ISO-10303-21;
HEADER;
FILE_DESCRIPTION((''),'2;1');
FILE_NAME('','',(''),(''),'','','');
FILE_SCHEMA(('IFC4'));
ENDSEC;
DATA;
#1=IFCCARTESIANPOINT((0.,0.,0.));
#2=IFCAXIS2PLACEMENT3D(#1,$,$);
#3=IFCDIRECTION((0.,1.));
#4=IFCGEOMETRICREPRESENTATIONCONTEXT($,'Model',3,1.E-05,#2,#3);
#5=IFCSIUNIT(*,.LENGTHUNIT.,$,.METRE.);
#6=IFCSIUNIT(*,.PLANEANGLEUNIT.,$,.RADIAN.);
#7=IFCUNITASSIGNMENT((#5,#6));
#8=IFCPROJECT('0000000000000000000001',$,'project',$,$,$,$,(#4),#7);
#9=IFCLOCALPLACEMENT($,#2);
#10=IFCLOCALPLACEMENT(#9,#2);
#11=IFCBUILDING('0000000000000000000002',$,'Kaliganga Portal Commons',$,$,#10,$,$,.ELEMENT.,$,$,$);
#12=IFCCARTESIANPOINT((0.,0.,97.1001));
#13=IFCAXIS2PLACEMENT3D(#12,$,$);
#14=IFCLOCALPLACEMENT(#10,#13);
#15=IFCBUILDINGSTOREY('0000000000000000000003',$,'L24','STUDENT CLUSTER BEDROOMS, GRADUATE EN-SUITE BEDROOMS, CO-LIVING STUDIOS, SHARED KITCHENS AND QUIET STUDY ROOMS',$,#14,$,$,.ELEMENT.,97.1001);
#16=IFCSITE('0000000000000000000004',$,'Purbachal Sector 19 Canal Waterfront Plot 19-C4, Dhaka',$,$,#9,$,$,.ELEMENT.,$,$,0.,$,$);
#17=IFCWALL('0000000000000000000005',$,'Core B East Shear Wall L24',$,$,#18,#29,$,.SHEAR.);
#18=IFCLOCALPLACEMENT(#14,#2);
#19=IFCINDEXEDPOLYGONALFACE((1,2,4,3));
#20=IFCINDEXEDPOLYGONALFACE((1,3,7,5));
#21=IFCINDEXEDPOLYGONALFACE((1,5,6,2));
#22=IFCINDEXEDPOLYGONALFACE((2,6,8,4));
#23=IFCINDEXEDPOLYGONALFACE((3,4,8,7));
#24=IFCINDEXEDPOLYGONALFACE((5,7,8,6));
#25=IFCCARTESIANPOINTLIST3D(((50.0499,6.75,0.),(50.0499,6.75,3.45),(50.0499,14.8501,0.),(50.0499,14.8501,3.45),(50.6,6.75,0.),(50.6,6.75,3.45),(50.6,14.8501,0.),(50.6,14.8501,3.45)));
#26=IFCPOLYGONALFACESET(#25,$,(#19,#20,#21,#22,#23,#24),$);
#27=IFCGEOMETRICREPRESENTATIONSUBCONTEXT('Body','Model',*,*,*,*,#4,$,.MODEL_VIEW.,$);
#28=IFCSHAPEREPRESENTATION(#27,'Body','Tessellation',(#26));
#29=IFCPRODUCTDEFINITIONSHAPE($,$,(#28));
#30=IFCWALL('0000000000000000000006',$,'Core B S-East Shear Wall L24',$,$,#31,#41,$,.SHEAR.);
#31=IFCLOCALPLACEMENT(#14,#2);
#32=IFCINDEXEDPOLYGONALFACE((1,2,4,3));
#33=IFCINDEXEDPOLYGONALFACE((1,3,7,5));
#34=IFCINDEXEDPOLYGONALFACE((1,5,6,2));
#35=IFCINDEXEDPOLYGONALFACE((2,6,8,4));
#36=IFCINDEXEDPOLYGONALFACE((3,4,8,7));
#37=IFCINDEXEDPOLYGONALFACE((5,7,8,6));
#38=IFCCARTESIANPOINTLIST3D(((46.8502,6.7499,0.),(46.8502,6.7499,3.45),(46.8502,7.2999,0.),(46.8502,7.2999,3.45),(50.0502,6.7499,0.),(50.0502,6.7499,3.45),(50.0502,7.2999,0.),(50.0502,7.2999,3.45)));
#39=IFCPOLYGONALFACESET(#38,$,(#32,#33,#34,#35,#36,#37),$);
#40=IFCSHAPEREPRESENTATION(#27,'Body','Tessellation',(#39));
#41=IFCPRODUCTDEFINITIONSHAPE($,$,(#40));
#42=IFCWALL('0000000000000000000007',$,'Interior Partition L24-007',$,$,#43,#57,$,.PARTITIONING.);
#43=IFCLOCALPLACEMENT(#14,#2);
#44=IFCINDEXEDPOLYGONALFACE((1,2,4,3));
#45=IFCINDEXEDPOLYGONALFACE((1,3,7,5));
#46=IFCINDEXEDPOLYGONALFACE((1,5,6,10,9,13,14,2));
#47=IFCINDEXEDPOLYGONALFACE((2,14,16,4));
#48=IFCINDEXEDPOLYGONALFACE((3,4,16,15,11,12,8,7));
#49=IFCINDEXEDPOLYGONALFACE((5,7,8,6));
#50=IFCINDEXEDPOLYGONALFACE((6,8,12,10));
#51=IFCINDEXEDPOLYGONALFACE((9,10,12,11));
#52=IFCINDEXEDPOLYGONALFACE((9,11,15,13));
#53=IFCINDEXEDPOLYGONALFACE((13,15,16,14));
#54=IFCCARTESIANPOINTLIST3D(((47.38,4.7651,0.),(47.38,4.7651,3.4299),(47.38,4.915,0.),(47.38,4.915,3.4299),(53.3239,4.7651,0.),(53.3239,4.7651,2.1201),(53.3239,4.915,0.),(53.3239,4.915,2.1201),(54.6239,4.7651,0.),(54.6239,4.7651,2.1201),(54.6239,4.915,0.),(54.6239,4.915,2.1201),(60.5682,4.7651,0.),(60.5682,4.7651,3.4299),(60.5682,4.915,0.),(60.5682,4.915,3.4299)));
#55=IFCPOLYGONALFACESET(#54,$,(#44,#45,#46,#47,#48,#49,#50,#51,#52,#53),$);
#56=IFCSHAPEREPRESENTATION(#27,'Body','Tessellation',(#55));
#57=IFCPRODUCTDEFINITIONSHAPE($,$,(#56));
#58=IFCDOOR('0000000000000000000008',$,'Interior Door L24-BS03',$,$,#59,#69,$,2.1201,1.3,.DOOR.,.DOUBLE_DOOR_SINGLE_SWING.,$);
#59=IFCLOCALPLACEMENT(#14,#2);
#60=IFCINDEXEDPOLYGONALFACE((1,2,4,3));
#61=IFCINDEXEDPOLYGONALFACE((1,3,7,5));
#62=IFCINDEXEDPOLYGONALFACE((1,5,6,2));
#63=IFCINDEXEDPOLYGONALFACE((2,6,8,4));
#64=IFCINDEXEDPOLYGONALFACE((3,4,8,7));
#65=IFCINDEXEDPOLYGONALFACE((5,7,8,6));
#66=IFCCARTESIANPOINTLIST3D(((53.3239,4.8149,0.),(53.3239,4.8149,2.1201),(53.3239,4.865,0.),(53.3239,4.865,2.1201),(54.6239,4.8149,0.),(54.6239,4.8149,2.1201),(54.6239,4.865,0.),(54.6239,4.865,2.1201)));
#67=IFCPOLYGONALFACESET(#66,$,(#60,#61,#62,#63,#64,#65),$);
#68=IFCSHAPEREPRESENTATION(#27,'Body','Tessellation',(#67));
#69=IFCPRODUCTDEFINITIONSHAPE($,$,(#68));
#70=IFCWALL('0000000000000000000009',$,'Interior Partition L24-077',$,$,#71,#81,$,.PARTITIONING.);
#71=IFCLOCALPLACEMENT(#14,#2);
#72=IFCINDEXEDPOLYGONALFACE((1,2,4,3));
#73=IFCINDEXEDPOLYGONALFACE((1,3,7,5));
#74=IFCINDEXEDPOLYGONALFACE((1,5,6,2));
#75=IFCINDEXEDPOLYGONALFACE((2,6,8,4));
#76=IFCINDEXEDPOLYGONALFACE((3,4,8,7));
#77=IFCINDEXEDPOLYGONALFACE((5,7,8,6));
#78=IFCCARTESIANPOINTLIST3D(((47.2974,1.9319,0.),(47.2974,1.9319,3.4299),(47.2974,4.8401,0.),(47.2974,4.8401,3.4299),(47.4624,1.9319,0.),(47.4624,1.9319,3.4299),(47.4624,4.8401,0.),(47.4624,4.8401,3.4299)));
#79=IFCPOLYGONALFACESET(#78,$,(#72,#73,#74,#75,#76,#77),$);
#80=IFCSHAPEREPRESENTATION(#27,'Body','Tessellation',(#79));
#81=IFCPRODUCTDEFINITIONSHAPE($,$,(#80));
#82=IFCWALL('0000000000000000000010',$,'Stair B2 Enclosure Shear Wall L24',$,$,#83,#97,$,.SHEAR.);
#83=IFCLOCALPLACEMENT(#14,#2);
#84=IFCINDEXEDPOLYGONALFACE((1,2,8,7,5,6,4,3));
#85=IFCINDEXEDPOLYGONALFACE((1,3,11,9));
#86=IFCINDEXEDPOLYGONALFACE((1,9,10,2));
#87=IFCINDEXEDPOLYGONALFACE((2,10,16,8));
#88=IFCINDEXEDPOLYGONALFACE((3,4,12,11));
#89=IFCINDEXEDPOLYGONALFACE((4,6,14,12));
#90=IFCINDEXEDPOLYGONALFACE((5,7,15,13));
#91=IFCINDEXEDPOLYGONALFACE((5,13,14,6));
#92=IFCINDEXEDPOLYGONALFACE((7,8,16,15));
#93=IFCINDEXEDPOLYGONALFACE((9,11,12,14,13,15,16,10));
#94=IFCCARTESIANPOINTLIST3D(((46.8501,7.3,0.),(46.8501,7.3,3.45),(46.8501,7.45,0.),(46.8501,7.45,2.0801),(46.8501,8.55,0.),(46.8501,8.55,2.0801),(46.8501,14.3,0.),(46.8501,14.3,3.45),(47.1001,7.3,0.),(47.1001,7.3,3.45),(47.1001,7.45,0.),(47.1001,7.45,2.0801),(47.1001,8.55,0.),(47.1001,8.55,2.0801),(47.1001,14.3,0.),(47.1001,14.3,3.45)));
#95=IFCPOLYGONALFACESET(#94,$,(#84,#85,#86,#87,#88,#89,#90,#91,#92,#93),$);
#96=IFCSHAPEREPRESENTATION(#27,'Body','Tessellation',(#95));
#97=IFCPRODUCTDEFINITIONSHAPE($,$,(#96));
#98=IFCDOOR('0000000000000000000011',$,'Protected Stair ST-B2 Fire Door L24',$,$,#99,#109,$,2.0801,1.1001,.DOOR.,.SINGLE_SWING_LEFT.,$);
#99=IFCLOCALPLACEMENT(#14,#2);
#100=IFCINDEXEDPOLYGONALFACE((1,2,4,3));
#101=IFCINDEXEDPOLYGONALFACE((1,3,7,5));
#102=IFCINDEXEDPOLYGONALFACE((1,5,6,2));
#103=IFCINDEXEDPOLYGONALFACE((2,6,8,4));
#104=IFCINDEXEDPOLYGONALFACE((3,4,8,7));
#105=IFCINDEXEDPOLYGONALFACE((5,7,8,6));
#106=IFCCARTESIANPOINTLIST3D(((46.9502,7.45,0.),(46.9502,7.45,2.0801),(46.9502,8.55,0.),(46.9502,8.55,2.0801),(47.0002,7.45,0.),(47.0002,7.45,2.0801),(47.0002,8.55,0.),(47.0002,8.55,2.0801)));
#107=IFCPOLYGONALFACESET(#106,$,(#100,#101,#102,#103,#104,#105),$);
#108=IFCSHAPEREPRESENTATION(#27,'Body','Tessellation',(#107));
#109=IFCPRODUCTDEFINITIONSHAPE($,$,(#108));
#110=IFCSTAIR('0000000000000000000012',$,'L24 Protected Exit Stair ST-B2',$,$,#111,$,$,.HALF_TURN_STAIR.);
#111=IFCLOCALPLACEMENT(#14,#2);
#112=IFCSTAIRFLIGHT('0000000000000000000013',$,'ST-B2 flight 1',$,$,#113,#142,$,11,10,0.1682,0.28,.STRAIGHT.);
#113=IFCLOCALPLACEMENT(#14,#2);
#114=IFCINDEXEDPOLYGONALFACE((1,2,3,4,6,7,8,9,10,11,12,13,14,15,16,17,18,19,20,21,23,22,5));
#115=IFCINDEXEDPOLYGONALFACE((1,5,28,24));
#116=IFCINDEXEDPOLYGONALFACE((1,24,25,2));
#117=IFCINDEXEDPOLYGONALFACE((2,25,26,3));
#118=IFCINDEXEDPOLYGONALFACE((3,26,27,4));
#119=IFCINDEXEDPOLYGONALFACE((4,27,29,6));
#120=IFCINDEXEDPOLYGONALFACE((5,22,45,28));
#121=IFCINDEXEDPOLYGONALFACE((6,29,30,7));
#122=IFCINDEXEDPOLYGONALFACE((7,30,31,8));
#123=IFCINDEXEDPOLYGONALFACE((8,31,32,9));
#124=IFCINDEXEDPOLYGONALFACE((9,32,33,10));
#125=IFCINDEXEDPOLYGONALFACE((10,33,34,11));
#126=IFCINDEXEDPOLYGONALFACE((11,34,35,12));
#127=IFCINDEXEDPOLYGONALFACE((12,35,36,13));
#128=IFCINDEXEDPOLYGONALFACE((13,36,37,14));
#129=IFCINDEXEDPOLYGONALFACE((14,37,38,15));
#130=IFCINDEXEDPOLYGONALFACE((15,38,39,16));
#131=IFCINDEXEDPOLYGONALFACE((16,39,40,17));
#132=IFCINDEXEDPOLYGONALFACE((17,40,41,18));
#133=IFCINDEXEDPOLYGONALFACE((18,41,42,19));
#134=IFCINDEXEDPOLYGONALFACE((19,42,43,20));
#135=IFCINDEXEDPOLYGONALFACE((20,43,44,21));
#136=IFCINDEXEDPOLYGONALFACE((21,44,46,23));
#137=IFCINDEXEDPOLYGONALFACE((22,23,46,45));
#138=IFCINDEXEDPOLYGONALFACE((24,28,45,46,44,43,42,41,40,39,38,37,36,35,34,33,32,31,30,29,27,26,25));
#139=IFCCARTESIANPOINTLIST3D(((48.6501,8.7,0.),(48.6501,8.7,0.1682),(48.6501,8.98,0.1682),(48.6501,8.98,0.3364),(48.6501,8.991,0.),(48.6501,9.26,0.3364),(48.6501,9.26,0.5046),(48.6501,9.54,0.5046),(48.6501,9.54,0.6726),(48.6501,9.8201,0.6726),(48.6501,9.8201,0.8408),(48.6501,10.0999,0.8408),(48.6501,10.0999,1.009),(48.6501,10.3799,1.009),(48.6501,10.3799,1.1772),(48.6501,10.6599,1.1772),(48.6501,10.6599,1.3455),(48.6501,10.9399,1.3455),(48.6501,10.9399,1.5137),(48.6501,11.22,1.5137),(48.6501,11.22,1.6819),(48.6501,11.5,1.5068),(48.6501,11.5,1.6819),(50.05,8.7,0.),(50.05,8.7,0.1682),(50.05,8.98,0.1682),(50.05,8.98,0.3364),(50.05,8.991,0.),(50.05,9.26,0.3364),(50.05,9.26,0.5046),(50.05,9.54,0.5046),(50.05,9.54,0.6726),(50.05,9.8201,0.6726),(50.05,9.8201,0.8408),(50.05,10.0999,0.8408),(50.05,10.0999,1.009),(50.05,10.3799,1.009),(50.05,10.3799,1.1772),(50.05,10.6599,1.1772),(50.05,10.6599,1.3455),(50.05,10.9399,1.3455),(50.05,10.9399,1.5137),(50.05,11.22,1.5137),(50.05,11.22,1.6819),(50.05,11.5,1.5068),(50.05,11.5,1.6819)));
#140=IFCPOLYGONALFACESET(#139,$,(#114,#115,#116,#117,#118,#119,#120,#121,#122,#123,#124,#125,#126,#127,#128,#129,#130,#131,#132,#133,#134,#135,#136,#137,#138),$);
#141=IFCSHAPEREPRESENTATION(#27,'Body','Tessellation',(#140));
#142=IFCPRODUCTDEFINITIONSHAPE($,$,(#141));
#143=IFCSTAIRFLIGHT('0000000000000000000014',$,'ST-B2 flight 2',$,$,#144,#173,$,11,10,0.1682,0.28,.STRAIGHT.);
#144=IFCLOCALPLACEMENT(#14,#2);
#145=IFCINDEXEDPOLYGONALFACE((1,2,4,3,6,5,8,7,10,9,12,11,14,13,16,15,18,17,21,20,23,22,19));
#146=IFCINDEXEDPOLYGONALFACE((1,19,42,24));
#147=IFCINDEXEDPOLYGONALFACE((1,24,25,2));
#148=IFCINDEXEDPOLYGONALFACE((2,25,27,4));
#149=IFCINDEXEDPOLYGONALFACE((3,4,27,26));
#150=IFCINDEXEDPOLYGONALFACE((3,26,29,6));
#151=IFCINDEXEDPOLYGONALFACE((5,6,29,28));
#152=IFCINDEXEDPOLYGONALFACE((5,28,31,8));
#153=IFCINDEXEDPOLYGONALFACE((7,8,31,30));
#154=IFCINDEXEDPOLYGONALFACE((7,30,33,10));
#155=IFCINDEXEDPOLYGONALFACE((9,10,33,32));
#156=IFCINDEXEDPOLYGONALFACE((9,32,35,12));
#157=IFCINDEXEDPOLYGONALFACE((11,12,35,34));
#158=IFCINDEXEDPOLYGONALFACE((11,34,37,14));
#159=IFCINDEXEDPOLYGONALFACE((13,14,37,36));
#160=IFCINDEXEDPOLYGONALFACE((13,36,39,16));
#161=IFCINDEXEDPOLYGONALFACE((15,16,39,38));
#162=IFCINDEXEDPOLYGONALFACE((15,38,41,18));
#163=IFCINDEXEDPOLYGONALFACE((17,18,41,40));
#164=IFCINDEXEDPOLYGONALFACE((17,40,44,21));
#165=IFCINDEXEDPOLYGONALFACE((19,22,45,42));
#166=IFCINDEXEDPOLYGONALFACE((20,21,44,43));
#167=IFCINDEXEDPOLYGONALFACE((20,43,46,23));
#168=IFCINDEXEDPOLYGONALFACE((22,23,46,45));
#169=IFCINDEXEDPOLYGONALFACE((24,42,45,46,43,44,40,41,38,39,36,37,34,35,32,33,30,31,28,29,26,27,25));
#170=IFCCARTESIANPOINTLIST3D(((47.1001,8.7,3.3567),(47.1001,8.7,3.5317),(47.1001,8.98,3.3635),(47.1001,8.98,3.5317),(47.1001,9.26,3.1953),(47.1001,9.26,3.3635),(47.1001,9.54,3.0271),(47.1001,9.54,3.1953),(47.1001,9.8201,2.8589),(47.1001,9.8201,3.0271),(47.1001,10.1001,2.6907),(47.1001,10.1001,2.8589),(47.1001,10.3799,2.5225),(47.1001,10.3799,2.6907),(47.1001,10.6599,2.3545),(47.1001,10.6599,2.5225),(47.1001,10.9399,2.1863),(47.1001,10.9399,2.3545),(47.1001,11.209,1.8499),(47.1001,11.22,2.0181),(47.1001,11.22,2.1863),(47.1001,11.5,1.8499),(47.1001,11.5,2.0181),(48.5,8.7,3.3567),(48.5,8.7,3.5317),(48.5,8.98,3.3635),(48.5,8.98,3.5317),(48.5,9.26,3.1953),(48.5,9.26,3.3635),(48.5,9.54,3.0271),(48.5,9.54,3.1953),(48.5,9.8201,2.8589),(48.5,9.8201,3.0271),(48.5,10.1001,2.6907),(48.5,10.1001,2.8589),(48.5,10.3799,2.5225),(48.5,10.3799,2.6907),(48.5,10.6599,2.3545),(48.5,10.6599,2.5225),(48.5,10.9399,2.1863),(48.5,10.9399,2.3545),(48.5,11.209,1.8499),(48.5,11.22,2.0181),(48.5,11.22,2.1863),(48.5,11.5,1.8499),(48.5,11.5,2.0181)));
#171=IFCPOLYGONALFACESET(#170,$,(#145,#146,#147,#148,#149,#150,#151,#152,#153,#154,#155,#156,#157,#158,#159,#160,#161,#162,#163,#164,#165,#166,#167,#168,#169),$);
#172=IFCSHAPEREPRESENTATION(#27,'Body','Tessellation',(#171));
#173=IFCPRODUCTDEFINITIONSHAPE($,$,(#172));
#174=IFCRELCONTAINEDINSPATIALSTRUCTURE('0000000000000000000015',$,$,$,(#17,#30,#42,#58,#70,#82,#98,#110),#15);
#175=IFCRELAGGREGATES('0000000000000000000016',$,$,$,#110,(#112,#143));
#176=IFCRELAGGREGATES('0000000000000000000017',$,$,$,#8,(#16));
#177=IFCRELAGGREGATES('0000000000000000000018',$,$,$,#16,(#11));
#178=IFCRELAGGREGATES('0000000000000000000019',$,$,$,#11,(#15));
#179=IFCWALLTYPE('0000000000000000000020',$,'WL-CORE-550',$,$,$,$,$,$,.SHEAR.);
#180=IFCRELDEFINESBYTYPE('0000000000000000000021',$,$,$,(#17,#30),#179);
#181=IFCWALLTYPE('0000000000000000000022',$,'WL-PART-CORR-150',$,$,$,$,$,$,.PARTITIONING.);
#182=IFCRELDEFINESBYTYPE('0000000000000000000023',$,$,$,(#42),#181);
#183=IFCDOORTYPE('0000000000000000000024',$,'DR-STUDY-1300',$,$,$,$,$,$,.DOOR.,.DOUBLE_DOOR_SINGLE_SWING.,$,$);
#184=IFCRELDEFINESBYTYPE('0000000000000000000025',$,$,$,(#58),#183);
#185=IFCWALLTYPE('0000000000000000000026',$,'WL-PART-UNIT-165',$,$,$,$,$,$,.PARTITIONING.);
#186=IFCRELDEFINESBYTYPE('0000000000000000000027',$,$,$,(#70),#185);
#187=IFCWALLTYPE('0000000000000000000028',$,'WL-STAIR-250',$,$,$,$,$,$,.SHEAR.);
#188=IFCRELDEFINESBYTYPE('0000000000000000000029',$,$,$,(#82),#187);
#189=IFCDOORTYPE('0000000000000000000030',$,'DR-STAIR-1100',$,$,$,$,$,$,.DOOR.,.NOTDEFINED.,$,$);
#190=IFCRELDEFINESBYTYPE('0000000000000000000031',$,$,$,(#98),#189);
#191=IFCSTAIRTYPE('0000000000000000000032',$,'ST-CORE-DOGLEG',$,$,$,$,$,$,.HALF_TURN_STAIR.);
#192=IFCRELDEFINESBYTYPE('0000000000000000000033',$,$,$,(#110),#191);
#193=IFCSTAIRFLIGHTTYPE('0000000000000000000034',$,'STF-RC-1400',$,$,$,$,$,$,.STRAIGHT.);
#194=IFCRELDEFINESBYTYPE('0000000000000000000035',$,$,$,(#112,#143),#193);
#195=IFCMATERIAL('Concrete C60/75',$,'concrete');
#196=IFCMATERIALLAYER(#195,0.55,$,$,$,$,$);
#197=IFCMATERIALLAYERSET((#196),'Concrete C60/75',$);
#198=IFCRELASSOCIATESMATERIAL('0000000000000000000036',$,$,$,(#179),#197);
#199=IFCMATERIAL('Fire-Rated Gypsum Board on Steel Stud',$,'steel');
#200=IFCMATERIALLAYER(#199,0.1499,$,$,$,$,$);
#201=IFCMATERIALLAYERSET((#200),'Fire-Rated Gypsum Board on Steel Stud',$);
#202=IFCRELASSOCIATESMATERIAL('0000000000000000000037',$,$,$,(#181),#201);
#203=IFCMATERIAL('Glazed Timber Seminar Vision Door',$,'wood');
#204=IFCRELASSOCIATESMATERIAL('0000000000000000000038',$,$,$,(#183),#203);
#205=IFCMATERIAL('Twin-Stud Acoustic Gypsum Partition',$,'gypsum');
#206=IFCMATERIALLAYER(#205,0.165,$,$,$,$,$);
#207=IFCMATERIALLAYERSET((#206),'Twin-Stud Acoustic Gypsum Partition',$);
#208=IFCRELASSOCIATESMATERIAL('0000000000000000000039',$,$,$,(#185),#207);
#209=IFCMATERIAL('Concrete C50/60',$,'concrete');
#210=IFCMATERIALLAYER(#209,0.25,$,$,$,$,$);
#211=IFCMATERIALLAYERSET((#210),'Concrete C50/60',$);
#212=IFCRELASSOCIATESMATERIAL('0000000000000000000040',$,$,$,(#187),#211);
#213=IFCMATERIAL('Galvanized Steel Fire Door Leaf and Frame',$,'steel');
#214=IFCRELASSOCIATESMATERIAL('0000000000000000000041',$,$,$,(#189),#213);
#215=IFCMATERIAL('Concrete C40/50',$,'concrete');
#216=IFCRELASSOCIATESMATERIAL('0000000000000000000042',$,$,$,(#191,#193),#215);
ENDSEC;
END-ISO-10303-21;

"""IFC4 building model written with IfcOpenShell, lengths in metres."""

from ifc_helpers import new_model, si_unit, direction, frame, frame_2d, origin, place, context, subcontext, project, spatial, polyline, rectangle, outline, extrude, material, layer, layer_set, type_object, element, fill, aggregate, save


model = new_model("IFC4")

# Units and contexts
model_context = context("Model", 3, precision=1e-05, world=origin(), true_north=direction((0.0, 1.0)))
body_context = subcontext(model_context, "Body", "Model", "MODEL_VIEW")
ifc_project = project(units=[si_unit("LENGTHUNIT", "METRE"), si_unit("PLANEANGLEUNIT", "RADIAN")], contexts=[model_context])

# Site, building, storey
site_placement = place(None, origin())
site = spatial("IfcSite", under=ifc_project, at=site_placement, Name="Purbachal Sector 19 Canal Waterfront Plot 19-C4, Dhaka", CompositionType="ELEMENT", RefElevation=0.0)
building_placement = place(site_placement, origin())
building = spatial("IfcBuilding", under=site, at=building_placement, Name="Kaliganga Portal Commons", CompositionType="ELEMENT")
storey_placement = place(building_placement, frame((0.0, 0.0, 97.1001)))
storey = spatial("IfcBuildingStorey", under=building, at=storey_placement, Name="L24", Description="STUDENT CLUSTER BEDROOMS, GRADUATE EN-SUITE BEDROOMS, CO-LIVING STUDIOS, SHARED KITCHENS AND QUIET STUDY ROOMS", CompositionType="ELEMENT", Elevation=97.1001)

# Walls
ifc_material_1 = material(Name="Concrete C60/75", Category="concrete")
ifc_layer_1 = layer(ifc_material_1, 0.55)
ifc_layer_set_1 = layer_set([ifc_layer_1], Name="Concrete C60/75")
wall_type_1 = type_object("IfcWallType", Name="WL-CORE-550", PredefinedType="SHEAR", material=ifc_layer_set_1)
wall_1_placement = place(storey_placement, frame((50.325, 6.75, 0.0), z_axis=(0.0, 0.0, 1.0), x_axis=(0.0, 1.0, 0.0)))
element("IfcWall", 1, at=wall_1_placement, inside=storey, type_object=wall_type_1, Name="Core B East Shear Wall L24", PredefinedType="SHEAR", context=body_context, shape_type="SweptSolid", body=[
    extrude(rectangle(XDim=8.1001, YDim=0.55, at=frame_2d((4.05, 0.0))), origin(), (0.0, 0.0, 1.0), 3.45),
])
wall_2_placement = place(storey_placement, frame((46.8501, 7.0249, 0.0), z_axis=(0.0, 0.0, 1.0), x_axis=(1.0, 0.0, 0.0)))
element("IfcWall", 2, at=wall_2_placement, inside=storey, type_object=wall_type_1, Name="Core B S-East Shear Wall L24", PredefinedType="SHEAR", context=body_context, shape_type="SweptSolid", body=[
    extrude(rectangle(XDim=3.2, YDim=0.55, at=frame_2d((1.6001, 0.0))), origin(), (0.0, 0.0, 1.0), 3.45),
])

# Wall, opening, door
ifc_material_2 = material(Name="Fire-Rated Gypsum Board on Steel Stud", Category="steel")
ifc_layer_2 = layer(ifc_material_2, 0.1499)
ifc_layer_set_2 = layer_set([ifc_layer_2], Name="Fire-Rated Gypsum Board on Steel Stud")
wall_type_2 = type_object("IfcWallType", Name="WL-PART-CORR-150", PredefinedType="PARTITIONING", material=ifc_layer_set_2)
wall_3_placement = place(storey_placement, frame((47.3799, 4.8401, 0.0), z_axis=(0.0, 0.0, 1.0), x_axis=(1.0, 0.0, 0.0)))
wall_3 = element("IfcWall", 3, at=wall_3_placement, inside=storey, type_object=wall_type_2, Name="Interior Partition L24-007", PredefinedType="PARTITIONING", context=body_context, shape_type="SweptSolid", body=[
    extrude(rectangle(XDim=13.1882, YDim=0.1499, at=frame_2d((6.5942, 0.0))), origin(), (0.0, 0.0, 1.0), 3.4299),
])
opening_1_placement = place(wall_3_placement, frame((5.9441, 0.0, 0.0)))
opening_1 = element("IfcOpeningElement", 4, at=opening_1_placement, cuts=wall_3, PredefinedType="OPENING", context=body_context, shape_type="SweptSolid", body=[
    extrude(rectangle(XDim=1.3, YDim=2.1201, at=frame_2d((0.6499, 1.0601))), frame((0.0, 0.085, 0.0), z_axis=(0.0, -1.0, 0.0), x_axis=(1.0, 0.0, 0.0)), (0.0, 0.0, 1.0), 0.1699),
])
ifc_material_3 = material(Name="Glazed Timber Seminar Vision Door", Category="wood")
door_type_1 = type_object("IfcDoorType", Name="DR-STUDY-1300", OperationType="DOUBLE_DOOR_SINGLE_SWING", PredefinedType="DOOR", material=ifc_material_3)
door_1_placement = place(opening_1_placement, origin())
door_1 = element("IfcDoor", 5, at=door_1_placement, inside=storey, type_object=door_type_1, Name="Interior Door L24-BS03", OperationType="DOUBLE_DOOR_SINGLE_SWING", OverallHeight=2.1201, OverallWidth=1.3, PredefinedType="DOOR", context=body_context, shape_type="SweptSolid", body=[
    extrude(rectangle(XDim=1.3, YDim=2.1201, at=frame_2d((0.6499, 1.0601))), frame((0.0, 0.0249, 0.0), z_axis=(0.0, -1.0, 0.0), x_axis=(1.0, 0.0, 0.0)), (0.0, 0.0, 1.0), 0.05),
])
fill(opening_1, door_1)

# Wall
ifc_material_4 = material(Name="Twin-Stud Acoustic Gypsum Partition", Category="gypsum")
ifc_layer_3 = layer(ifc_material_4, 0.165)
ifc_layer_set_3 = layer_set([ifc_layer_3], Name="Twin-Stud Acoustic Gypsum Partition")
wall_type_3 = type_object("IfcWallType", Name="WL-PART-UNIT-165", PredefinedType="PARTITIONING", material=ifc_layer_set_3)
wall_4_placement = place(storey_placement, frame((47.3799, 1.9319, 0.0), z_axis=(0.0, 0.0, 1.0), x_axis=(0.0, 1.0, 0.0)))
element("IfcWall", 6, at=wall_4_placement, inside=storey, type_object=wall_type_3, Name="Interior Partition L24-077", PredefinedType="PARTITIONING", context=body_context, shape_type="SweptSolid", body=[
    extrude(rectangle(XDim=2.9082, YDim=0.165, at=frame_2d((1.4541, 0.0))), origin(), (0.0, 0.0, 1.0), 3.4299),
])

# Wall, opening, door
ifc_material_5 = material(Name="Concrete C50/60", Category="concrete")
ifc_layer_4 = layer(ifc_material_5, 0.25)
ifc_layer_set_4 = layer_set([ifc_layer_4], Name="Concrete C50/60")
wall_type_4 = type_object("IfcWallType", Name="WL-STAIR-250", PredefinedType="SHEAR", material=ifc_layer_set_4)
wall_5_placement = place(storey_placement, frame((46.9751, 7.3, 0.0), z_axis=(0.0, 0.0, 1.0), x_axis=(0.0, 1.0, 0.0)))
wall_5 = element("IfcWall", 7, at=wall_5_placement, inside=storey, type_object=wall_type_4, Name="Stair B2 Enclosure Shear Wall L24", PredefinedType="SHEAR", context=body_context, shape_type="SweptSolid", body=[
    extrude(rectangle(XDim=7.0, YDim=0.25, at=frame_2d((3.5, 0.0))), origin(), (0.0, 0.0, 1.0), 3.45),
])
opening_2_placement = place(wall_5_placement, frame((0.1499, 0.0, 0.0)))
opening_2 = element("IfcOpeningElement", 8, at=opening_2_placement, cuts=wall_5, PredefinedType="OPENING", context=body_context, shape_type="SweptSolid", body=[
    extrude(rectangle(XDim=1.1001, YDim=2.0801, at=frame_2d((0.55, 1.04))), frame((0.0, 0.135, 0.0), z_axis=(0.0, -1.0, 0.0), x_axis=(1.0, 0.0, 0.0)), (0.0, 0.0, 1.0), 0.27),
])
ifc_material_6 = material(Name="Galvanized Steel Fire Door Leaf and Frame", Category="steel")
door_type_2 = type_object("IfcDoorType", Name="DR-STAIR-1100", OperationType="NOTDEFINED", PredefinedType="DOOR", material=ifc_material_6)
door_2_placement = place(opening_2_placement, origin())
door_2 = element("IfcDoor", 9, at=door_2_placement, inside=storey, type_object=door_type_2, Name="Protected Stair ST-B2 Fire Door L24", OperationType="SINGLE_SWING_LEFT", OverallHeight=2.0801, OverallWidth=1.1001, PredefinedType="DOOR", context=body_context, shape_type="SweptSolid", body=[
    extrude(rectangle(XDim=1.1001, YDim=2.0801, at=frame_2d((0.55, 1.04))), frame((0.0, 0.0249, 0.0), z_axis=(0.0, -1.0, 0.0), x_axis=(1.0, 0.0, 0.0)), (0.0, 0.0, 1.0), 0.05),
])
fill(opening_2, door_2)

# Stair, stair flights
ifc_material_7 = material(Name="Concrete C40/50", Category="concrete")
stair_type = type_object("IfcStairType", Name="ST-CORE-DOGLEG", PredefinedType="HALF_TURN_STAIR", material=ifc_material_7)
stair_placement = place(storey_placement, origin())
stair = element("IfcStair", 10, at=stair_placement, inside=storey, type_object=stair_type, Name="L24 Protected Exit Stair ST-B2", PredefinedType="HALF_TURN_STAIR")
stair_flight_type = type_object("IfcStairFlightType", Name="STF-RC-1400", PredefinedType="STRAIGHT", material=ifc_material_7)
stair_flight_1_placement = place(storey_placement, frame((49.3501, 8.7, 0.0), z_axis=(0.0, 0.0, 1.0), x_axis=(0.0, 1.0, 0.0)))
stair_flight_1 = element("IfcStairFlight", 11, at=stair_flight_1_placement, type_object=stair_flight_type, Name="ST-B2 flight 1", NumberOfRisers=11, NumberOfTreads=10, PredefinedType="STRAIGHT", RiserHeight=0.1682, TreadLength=0.28, context=body_context, shape_type="SweptSolid", body=[
    extrude(outline(polyline([(0.0, 0.0), (0.0, 0.1682), (0.28, 0.1682), (0.28, 0.3364), (0.5601, 0.3364), (0.5601, 0.5046), (0.8401, 0.5046), (0.8401, 0.6726), (1.1201, 0.6726), (1.1201, 0.8408), (1.3999, 0.8408), (1.3999, 1.009), (1.6799, 1.009), (1.6799, 1.1772), (1.96, 1.1772), (1.96, 1.3455), (2.24, 1.3455), (2.24, 1.5137), (2.52, 1.5137), (2.52, 1.6819), (2.8, 1.6819), (2.8, 1.8501), (2.8, 1.5068), (0.291, 0.0), (0.0, 0.0)])), frame((0.0, 0.7, 0.0), z_axis=(0.0, -1.0, 0.0), x_axis=(1.0, 0.0, 0.0)), (0.0, 0.0, 1.0), 1.3999),
])
stair_flight_2_placement = place(storey_placement, frame((47.8, 11.5, 1.8499), z_axis=(0.0, 0.0, 1.0), x_axis=(0.0, -1.0, 0.0)))
stair_flight_2 = element("IfcStairFlight", 12, at=stair_flight_2_placement, type_object=stair_flight_type, Name="ST-B2 flight 2", NumberOfRisers=11, NumberOfTreads=10, PredefinedType="STRAIGHT", RiserHeight=0.1682, TreadLength=0.28, context=body_context, shape_type="SweptSolid", body=[
    extrude(outline(polyline([(0.0, 0.0), (0.0, 0.1682), (0.28, 0.1682), (0.28, 0.3364), (0.5601, 0.3364), (0.5601, 0.5046), (0.8401, 0.5046), (0.8401, 0.6726), (1.1201, 0.6726), (1.1201, 0.8408), (1.3999, 0.8408), (1.3999, 1.009), (1.6799, 1.009), (1.6799, 1.1772), (1.96, 1.1772), (1.96, 1.3455), (2.24, 1.3455), (2.24, 1.5137), (2.52, 1.5137), (2.52, 1.6819), (2.8, 1.6819), (2.8, 1.8501), (2.8, 1.5068), (0.291, 0.0), (0.0, 0.0)])), frame((0.0, 0.7, 0.0), z_axis=(0.0, -1.0, 0.0), x_axis=(1.0, 0.0, 0.0)), (0.0, 0.0, 1.0), 1.3999),
])
aggregate(stair, [stair_flight_1, stair_flight_2])

save(model, "model.ifc")
